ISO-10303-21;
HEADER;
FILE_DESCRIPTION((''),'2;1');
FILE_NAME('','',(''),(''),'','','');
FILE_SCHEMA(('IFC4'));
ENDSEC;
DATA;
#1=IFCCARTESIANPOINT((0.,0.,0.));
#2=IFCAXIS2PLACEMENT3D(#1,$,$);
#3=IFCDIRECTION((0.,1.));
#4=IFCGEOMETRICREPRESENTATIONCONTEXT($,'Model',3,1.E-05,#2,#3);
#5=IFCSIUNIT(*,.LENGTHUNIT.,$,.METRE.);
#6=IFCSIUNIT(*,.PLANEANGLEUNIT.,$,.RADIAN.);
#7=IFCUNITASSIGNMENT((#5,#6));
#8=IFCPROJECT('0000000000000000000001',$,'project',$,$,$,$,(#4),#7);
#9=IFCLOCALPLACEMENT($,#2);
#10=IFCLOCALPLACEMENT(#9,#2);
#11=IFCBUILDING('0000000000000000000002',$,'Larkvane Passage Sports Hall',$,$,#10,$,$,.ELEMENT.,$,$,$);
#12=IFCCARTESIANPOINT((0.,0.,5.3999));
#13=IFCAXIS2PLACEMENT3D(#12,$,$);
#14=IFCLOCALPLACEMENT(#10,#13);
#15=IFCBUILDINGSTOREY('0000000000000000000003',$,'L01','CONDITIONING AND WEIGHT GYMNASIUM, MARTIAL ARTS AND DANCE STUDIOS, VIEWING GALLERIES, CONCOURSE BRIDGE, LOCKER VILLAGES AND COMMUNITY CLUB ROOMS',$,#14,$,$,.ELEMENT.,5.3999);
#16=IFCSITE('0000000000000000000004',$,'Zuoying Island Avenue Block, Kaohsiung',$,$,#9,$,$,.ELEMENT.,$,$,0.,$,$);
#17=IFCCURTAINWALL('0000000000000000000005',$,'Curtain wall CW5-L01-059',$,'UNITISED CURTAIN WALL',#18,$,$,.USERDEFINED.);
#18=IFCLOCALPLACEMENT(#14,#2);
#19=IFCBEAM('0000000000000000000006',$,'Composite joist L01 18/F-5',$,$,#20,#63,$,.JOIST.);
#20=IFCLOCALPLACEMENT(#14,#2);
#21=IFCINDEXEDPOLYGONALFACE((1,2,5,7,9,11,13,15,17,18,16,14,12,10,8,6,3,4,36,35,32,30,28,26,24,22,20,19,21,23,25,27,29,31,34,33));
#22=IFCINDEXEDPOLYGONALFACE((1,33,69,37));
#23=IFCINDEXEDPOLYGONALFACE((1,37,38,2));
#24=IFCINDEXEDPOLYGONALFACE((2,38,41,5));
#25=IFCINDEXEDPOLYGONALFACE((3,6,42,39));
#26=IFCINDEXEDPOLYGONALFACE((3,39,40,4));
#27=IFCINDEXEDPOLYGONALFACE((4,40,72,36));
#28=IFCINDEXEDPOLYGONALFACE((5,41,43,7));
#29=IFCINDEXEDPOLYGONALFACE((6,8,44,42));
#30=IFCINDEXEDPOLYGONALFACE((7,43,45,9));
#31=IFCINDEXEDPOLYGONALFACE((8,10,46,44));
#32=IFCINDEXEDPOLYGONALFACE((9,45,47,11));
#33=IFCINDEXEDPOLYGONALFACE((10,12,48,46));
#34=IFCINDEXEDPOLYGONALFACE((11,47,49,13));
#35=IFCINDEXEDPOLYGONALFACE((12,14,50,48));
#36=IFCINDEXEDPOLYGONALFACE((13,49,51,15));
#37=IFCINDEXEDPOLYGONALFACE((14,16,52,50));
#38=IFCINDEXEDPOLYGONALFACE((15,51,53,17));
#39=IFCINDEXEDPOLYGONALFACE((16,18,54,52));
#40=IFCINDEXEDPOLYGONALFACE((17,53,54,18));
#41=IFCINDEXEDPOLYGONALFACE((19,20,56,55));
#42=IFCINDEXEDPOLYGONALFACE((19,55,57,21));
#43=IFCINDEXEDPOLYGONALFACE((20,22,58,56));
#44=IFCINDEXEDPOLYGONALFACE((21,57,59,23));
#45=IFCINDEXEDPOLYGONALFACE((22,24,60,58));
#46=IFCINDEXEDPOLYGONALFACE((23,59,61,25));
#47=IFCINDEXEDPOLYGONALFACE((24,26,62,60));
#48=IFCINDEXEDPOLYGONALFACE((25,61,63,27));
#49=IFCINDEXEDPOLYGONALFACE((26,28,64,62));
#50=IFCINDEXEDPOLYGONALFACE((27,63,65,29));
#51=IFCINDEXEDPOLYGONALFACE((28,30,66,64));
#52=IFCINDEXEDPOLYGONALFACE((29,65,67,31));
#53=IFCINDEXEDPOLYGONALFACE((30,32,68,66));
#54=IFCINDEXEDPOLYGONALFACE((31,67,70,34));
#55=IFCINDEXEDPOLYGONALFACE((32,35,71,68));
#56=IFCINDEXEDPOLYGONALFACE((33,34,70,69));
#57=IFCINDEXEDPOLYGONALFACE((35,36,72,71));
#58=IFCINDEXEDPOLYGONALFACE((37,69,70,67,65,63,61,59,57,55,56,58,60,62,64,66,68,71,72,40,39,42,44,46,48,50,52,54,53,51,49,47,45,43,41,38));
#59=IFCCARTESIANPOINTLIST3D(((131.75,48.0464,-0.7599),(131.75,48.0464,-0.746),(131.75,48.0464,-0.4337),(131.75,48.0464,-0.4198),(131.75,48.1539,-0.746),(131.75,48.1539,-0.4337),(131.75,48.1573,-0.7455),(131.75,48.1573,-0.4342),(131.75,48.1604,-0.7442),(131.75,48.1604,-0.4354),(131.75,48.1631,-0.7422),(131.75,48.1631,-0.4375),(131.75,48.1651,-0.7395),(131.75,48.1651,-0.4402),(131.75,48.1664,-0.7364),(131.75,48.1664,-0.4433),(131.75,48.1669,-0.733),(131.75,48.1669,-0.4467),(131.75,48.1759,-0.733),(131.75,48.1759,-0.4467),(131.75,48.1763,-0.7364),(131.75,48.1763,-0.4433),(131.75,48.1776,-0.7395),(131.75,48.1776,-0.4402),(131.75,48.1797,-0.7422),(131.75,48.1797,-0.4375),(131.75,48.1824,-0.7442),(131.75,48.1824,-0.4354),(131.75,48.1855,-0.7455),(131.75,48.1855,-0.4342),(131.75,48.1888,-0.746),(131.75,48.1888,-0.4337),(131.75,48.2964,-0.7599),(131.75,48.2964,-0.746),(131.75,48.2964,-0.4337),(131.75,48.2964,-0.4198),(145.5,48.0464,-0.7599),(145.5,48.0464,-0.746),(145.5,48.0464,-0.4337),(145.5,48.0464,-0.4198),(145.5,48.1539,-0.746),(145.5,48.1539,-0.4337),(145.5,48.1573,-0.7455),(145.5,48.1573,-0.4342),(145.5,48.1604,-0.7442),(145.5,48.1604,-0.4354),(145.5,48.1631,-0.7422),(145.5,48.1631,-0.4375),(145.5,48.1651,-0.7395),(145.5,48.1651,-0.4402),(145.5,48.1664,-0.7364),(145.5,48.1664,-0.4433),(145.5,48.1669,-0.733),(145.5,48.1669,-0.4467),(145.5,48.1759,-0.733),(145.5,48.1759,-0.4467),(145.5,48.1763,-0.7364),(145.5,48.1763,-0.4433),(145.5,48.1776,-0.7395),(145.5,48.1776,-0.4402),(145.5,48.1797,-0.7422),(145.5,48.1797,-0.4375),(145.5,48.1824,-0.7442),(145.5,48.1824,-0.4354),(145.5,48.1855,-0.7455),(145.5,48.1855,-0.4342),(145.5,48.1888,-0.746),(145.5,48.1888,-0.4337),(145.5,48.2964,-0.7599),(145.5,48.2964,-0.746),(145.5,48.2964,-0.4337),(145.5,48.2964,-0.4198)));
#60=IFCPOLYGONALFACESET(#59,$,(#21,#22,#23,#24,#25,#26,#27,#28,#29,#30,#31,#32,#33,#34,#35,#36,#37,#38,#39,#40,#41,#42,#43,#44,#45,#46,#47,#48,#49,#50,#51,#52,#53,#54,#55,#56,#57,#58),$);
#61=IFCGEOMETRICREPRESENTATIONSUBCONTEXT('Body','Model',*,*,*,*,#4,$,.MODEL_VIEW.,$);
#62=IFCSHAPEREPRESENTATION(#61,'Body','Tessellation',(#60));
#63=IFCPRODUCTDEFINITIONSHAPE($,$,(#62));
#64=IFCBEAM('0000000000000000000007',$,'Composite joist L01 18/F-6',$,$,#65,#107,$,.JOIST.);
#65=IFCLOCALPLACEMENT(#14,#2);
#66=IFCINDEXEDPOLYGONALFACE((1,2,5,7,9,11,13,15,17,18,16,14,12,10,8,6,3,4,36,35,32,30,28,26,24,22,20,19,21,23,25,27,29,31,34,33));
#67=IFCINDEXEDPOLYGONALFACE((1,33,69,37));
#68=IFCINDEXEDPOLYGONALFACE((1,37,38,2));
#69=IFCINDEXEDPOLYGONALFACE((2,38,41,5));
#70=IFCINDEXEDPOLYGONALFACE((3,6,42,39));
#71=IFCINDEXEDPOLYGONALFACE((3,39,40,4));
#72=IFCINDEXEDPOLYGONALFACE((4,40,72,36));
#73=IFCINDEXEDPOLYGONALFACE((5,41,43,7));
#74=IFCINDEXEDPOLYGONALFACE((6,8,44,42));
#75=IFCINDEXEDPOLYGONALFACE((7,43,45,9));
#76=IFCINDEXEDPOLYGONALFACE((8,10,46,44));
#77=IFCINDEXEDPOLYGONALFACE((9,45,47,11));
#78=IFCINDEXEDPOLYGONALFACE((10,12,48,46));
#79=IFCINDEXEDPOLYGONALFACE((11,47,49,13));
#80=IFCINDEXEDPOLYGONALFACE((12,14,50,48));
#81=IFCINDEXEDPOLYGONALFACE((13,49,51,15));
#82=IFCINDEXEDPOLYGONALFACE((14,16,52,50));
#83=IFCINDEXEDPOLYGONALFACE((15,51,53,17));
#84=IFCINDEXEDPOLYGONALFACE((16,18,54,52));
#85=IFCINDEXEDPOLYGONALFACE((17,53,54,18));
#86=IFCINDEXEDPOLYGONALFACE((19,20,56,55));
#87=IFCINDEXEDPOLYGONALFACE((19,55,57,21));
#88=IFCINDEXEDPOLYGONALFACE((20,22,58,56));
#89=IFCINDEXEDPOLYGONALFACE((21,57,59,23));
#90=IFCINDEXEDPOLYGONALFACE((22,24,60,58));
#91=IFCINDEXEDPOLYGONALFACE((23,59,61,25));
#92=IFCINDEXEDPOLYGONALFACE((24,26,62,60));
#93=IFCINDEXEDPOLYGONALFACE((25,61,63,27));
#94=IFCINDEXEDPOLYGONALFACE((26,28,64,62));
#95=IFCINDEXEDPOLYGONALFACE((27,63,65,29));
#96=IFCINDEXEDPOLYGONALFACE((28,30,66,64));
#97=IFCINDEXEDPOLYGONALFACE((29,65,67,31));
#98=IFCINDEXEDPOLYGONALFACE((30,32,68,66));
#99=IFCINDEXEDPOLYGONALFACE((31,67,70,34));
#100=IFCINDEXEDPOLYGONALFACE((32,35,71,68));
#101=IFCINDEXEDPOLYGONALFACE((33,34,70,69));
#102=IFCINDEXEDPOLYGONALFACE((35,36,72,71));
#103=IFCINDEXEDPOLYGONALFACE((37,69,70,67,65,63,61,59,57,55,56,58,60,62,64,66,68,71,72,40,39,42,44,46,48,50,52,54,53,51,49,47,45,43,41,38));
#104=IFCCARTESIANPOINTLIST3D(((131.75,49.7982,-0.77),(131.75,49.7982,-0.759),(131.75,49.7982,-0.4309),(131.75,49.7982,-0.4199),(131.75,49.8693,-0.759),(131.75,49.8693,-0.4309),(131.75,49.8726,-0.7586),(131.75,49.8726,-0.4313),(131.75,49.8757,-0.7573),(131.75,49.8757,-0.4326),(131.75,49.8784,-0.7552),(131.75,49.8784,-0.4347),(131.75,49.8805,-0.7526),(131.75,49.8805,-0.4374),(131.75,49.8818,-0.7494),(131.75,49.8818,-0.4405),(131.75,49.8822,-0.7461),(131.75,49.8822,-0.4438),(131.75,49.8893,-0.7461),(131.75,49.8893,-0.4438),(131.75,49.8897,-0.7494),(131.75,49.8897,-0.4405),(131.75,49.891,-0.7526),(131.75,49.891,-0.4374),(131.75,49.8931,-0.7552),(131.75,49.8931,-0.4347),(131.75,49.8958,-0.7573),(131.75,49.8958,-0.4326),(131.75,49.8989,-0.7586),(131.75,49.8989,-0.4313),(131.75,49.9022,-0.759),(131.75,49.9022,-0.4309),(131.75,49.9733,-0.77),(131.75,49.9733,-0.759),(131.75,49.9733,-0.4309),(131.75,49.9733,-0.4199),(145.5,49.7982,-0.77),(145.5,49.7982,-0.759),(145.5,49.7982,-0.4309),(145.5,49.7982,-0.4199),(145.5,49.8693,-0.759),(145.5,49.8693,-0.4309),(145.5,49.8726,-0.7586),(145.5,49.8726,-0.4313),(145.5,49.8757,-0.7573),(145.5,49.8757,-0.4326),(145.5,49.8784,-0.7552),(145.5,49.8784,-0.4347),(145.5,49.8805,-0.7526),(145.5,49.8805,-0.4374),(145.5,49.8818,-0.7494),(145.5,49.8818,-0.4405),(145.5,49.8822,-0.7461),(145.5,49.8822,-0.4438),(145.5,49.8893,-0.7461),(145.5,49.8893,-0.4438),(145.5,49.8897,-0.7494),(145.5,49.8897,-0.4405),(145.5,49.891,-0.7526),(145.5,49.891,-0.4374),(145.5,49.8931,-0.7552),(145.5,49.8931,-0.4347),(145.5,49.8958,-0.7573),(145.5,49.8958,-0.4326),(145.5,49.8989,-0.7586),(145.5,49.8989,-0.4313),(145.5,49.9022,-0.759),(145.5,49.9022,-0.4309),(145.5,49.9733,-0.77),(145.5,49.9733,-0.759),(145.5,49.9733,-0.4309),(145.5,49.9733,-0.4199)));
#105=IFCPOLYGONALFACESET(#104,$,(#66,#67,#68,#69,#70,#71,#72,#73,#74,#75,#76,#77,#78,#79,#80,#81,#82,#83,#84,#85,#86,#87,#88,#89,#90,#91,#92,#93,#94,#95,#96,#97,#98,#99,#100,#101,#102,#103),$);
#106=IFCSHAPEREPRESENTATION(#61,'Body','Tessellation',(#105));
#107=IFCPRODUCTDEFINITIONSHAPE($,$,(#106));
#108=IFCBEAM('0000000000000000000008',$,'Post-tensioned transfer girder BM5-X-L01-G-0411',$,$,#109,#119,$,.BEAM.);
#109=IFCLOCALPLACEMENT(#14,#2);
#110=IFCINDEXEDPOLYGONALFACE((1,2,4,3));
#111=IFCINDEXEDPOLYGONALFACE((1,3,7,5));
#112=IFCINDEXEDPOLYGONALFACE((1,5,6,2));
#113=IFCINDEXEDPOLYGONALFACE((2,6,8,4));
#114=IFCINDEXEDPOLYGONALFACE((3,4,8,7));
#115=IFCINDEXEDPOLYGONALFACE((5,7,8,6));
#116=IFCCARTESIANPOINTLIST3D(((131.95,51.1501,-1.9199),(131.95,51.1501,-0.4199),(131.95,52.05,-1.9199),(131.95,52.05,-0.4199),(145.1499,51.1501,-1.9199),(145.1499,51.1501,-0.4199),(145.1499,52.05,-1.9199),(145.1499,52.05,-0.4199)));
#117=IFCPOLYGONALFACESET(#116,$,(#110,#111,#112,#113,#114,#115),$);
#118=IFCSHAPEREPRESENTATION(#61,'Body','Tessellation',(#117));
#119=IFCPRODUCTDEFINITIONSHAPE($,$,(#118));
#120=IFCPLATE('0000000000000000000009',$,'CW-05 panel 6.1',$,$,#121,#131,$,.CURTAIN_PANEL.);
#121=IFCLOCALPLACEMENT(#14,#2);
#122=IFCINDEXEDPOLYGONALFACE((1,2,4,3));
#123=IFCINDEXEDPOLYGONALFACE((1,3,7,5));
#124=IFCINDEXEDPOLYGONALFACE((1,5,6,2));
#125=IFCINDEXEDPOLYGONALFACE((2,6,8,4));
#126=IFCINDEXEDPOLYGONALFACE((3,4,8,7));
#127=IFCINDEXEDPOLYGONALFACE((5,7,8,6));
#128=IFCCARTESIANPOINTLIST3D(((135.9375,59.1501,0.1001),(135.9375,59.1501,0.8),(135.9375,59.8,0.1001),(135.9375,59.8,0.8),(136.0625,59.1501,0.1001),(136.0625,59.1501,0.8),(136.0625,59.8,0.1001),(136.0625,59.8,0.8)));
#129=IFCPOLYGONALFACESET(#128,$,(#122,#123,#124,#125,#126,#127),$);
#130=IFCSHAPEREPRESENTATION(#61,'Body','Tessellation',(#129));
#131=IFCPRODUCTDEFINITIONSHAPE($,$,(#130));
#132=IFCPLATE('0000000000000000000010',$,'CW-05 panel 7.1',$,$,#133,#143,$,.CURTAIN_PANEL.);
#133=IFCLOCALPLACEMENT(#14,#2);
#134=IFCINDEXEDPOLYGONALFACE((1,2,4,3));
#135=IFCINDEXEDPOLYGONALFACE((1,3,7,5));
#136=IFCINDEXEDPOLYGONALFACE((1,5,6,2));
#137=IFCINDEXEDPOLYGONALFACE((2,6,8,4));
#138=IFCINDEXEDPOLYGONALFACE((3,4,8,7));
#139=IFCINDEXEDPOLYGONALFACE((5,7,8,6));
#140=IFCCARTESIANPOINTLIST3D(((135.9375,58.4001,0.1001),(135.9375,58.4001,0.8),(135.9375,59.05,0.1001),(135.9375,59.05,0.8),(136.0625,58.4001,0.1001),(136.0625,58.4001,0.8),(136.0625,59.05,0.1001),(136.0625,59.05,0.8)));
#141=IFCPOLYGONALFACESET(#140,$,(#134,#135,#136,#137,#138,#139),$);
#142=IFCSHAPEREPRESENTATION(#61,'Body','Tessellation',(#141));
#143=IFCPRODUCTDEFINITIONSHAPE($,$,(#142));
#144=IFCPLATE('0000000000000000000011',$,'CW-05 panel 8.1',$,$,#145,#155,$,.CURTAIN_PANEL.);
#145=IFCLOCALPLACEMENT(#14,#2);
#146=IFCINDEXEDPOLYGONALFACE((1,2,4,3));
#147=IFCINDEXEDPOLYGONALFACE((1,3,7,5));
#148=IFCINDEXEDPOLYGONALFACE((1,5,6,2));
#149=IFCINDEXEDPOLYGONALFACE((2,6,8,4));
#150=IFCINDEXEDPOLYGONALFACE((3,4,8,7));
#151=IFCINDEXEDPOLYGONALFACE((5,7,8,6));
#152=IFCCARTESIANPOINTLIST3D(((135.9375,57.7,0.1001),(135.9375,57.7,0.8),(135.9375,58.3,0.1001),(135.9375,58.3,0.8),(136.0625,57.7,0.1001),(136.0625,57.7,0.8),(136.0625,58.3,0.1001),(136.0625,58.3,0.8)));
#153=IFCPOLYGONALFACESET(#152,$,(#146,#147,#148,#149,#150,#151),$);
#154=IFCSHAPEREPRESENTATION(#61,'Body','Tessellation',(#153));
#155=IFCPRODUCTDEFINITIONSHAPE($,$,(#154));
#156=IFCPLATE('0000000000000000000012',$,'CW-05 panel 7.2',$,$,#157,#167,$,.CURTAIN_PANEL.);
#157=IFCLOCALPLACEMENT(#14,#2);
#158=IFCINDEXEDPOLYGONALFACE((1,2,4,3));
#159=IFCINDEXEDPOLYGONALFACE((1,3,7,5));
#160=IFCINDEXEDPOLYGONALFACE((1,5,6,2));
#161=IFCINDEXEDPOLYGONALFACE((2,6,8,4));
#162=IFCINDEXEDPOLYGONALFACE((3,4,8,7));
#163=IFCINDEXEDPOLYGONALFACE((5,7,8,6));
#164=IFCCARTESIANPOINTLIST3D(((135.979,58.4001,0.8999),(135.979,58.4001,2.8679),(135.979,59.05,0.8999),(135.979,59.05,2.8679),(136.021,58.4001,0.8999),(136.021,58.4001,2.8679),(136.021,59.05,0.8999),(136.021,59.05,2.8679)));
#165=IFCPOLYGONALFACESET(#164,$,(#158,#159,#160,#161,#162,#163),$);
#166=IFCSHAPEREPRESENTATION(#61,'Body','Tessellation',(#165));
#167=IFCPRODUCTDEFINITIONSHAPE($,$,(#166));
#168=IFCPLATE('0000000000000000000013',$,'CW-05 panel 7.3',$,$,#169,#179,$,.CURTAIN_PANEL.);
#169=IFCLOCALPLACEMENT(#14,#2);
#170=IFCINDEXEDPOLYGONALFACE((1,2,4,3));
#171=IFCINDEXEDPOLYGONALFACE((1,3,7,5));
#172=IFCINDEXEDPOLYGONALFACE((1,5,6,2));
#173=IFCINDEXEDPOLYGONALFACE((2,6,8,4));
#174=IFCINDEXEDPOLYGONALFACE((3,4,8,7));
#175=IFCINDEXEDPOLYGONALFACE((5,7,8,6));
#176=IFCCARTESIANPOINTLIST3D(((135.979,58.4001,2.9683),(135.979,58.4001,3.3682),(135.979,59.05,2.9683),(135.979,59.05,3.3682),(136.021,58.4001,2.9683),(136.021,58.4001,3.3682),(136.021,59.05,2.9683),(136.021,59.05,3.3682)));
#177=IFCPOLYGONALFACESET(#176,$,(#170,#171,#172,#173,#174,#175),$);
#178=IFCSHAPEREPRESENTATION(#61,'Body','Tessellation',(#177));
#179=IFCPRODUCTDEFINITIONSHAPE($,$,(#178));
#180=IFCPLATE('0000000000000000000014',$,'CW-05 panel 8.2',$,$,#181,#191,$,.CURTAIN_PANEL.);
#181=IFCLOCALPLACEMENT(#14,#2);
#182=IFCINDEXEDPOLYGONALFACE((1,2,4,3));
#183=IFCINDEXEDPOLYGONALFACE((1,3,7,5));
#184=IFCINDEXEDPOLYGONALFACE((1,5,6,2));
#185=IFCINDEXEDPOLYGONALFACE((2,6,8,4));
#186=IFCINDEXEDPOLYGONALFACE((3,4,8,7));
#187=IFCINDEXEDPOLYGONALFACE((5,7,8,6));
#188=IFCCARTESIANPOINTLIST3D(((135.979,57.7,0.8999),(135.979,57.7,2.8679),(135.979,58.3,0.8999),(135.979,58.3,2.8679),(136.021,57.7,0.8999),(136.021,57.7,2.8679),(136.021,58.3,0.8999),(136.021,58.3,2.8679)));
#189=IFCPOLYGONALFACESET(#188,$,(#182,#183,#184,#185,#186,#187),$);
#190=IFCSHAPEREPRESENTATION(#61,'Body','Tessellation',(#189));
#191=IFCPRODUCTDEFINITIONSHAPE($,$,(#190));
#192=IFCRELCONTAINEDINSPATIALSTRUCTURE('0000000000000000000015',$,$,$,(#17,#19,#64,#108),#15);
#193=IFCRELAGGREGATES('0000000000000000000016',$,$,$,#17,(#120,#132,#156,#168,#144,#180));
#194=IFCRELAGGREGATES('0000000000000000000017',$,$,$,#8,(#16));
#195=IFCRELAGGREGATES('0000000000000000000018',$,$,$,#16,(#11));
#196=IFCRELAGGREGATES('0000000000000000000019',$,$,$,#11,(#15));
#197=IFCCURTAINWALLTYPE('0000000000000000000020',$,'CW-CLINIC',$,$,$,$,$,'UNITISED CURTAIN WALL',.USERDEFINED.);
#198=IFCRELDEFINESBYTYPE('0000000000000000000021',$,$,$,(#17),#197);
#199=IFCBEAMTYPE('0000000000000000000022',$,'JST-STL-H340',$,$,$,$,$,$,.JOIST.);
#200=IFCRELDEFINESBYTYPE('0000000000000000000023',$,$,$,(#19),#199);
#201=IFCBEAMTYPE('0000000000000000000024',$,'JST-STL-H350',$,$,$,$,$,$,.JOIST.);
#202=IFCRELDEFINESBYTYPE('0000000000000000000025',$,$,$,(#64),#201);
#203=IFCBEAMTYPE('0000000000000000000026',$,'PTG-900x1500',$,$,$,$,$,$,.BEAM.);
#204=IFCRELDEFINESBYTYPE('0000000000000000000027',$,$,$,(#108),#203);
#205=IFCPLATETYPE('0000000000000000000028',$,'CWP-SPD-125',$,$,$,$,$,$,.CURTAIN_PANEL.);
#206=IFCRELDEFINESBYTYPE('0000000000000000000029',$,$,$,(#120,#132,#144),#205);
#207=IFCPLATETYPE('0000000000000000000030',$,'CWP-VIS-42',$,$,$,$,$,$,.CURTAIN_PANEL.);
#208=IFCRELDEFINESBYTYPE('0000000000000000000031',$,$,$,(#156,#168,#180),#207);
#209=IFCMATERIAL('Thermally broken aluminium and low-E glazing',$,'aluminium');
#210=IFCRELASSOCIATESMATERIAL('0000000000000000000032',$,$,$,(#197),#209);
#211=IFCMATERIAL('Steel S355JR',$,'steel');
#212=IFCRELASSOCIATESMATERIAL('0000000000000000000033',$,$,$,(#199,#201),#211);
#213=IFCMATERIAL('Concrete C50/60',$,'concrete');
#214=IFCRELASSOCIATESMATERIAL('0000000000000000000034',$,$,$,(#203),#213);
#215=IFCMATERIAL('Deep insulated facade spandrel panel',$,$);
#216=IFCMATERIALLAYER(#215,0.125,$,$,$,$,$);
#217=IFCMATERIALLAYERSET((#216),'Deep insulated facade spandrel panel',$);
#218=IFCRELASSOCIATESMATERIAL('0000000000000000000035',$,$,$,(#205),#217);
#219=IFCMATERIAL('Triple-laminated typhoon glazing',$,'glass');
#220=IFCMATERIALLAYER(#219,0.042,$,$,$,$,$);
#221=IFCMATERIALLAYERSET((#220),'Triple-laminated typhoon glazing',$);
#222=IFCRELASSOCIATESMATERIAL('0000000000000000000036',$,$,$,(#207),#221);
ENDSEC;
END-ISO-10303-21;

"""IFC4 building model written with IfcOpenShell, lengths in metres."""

from ifc_helpers import new_model, si_unit, direction, frame, origin, origin_2d, place, context, subcontext, project, spatial, rectangle, i_section, extrude, material, layer, layer_set, material_profile, profile_set, type_object, element, aggregate, save


model = new_model("IFC4")

# Units and contexts
model_context = context("Model", 3, precision=1e-05, world=origin(), true_north=direction((0.0, 1.0)))
body_context = subcontext(model_context, "Body", "Model", "MODEL_VIEW")
ifc_project = project(units=[si_unit("LENGTHUNIT", "METRE"), si_unit("PLANEANGLEUNIT", "RADIAN")], contexts=[model_context])

# Site, building, storey
site_placement = place(None, origin())
site = spatial("IfcSite", under=ifc_project, at=site_placement, Name="Zuoying Island Avenue Block, Kaohsiung", CompositionType="ELEMENT", RefElevation=0.0)
building_placement = place(site_placement, origin())
building = spatial("IfcBuilding", under=site, at=building_placement, Name="Larkvane Passage Sports Hall", CompositionType="ELEMENT")
storey_placement = place(building_placement, frame((0.0, 0.0, 5.3999)))
storey = spatial("IfcBuildingStorey", under=building, at=storey_placement, Name="L01", Description="CONDITIONING AND WEIGHT GYMNASIUM, MARTIAL ARTS AND DANCE STUDIOS, VIEWING GALLERIES, CONCOURSE BRIDGE, LOCKER VILLAGES AND COMMUNITY CLUB ROOMS", CompositionType="ELEMENT", Elevation=5.3999)

# Shared definitions
ifc_material_1 = material(Name="Steel S355JR", Category="steel")

# Curtain wall
ifc_material_2 = material(Name="Thermally broken aluminium and low-E glazing", Category="aluminium")
curtain_wall_type = type_object("IfcCurtainWallType", Name="CW-CLINIC", ElementType="UNITISED CURTAIN WALL", PredefinedType="USERDEFINED", material=ifc_material_2)
curtain_wall_placement = place(storey_placement, origin())
curtain_wall = element("IfcCurtainWall", 1, at=curtain_wall_placement, inside=storey, type_object=curtain_wall_type, Name="Curtain wall CW5-L01-059", ObjectType="UNITISED CURTAIN WALL", PredefinedType="USERDEFINED")

# Beams
ifc_material_profile_1 = material_profile(ifc_material_1, i_section(OverallWidth=0.25, OverallDepth=0.3401, WebThickness=0.009, FlangeThickness=0.0139, FilletRadius=0.0129, at=origin_2d()), Name="H-340x250x9x14")
ifc_profile_set_1 = profile_set([ifc_material_profile_1], Name="Steel S355JR")
beam_type_1 = type_object("IfcBeamType", Name="JST-STL-H340", PredefinedType="JOIST", material=ifc_profile_set_1)
beam_1_placement = place(storey_placement, frame((131.75, 48.1714, -0.5898), z_axis=(1.0, 0.0, 0.0), x_axis=(0.0, 1.0, 0.0)))
element("IfcBeam", 2, at=beam_1_placement, inside=storey, type_object=beam_type_1, Name="Composite joist L01 18/F-5", PredefinedType="JOIST", context=body_context, shape_type="SweptSolid", body=[
    extrude(i_section(OverallWidth=0.25, OverallDepth=0.3401, WebThickness=0.009, FlangeThickness=0.0139, FilletRadius=0.0129, at=origin_2d()), origin(), (0.0, 0.0, 1.0), 13.75),
])
ifc_material_profile_2 = material_profile(ifc_material_1, i_section(OverallWidth=0.175, OverallDepth=0.3501, WebThickness=0.0071, FlangeThickness=0.011, FilletRadius=0.0129, at=origin_2d()), Name="H-350x175x7x11")
ifc_profile_set_2 = profile_set([ifc_material_profile_2], Name="Steel S355JR")
beam_type_2 = type_object("IfcBeamType", Name="JST-STL-H350", PredefinedType="JOIST", material=ifc_profile_set_2)
beam_2_placement = place(storey_placement, frame((131.75, 49.8857, -0.595), z_axis=(1.0, 0.0, 0.0), x_axis=(0.0, 1.0, 0.0)))
element("IfcBeam", 3, at=beam_2_placement, inside=storey, type_object=beam_type_2, Name="Composite joist L01 18/F-6", PredefinedType="JOIST", context=body_context, shape_type="SweptSolid", body=[
    extrude(i_section(OverallWidth=0.175, OverallDepth=0.3501, WebThickness=0.0071, FlangeThickness=0.011, FilletRadius=0.0129, at=origin_2d()), origin(), (0.0, 0.0, 1.0), 13.75),
])
ifc_material_3 = material(Name="Concrete C50/60", Category="concrete")
ifc_material_profile_3 = material_profile(ifc_material_3, rectangle(XDim=0.8999, YDim=1.5, at=origin_2d()), Name="PT-GIR-900x1500")
ifc_profile_set_3 = profile_set([ifc_material_profile_3], Name="Concrete C50/60")
beam_type_3 = type_object("IfcBeamType", Name="PTG-900x1500", PredefinedType="BEAM", material=ifc_profile_set_3)
beam_3_placement = place(storey_placement, frame((131.95, 51.6001, -1.1699), z_axis=(1.0, 0.0, 0.0), x_axis=(0.0, 1.0, 0.0)))
element("IfcBeam", 4, at=beam_3_placement, inside=storey, type_object=beam_type_3, Name="Post-tensioned transfer girder BM5-X-L01-G-0411", PredefinedType="BEAM", context=body_context, shape_type="SweptSolid", body=[
    extrude(rectangle(XDim=0.8999, YDim=1.5, at=origin_2d()), origin(), (0.0, 0.0, 1.0), 13.2),
])

# Plates
ifc_material_4 = material(Name="Deep insulated facade spandrel panel")
ifc_layer_1 = layer(ifc_material_4, 0.125)
ifc_layer_set_1 = layer_set([ifc_layer_1], Name="Deep insulated facade spandrel panel")
plate_type_1 = type_object("IfcPlateType", Name="CWP-SPD-125", PredefinedType="CURTAIN_PANEL", material=ifc_layer_set_1)
plate_1_placement = place(storey_placement, frame((136.0, 59.4751, 0.1001), z_axis=(0.0, 0.0, 1.0), x_axis=(0.0, -1.0, 0.0)))
plate_1 = element("IfcPlate", 5, at=plate_1_placement, type_object=plate_type_1, Name="CW-05 panel 6.1", PredefinedType="CURTAIN_PANEL", context=body_context, shape_type="SweptSolid", body=[
    extrude(rectangle(XDim=0.6499, YDim=0.125, at=origin_2d()), origin(), (0.0, 0.0, 1.0), 0.7),
])
plate_2_placement = place(storey_placement, frame((136.0, 58.7251, 0.1001), z_axis=(0.0, 0.0, 1.0), x_axis=(0.0, -1.0, 0.0)))
plate_2 = element("IfcPlate", 6, at=plate_2_placement, type_object=plate_type_1, Name="CW-05 panel 7.1", PredefinedType="CURTAIN_PANEL", context=body_context, shape_type="SweptSolid", body=[
    extrude(rectangle(XDim=0.6499, YDim=0.125, at=origin_2d()), origin(), (0.0, 0.0, 1.0), 0.7),
])
plate_3_placement = place(storey_placement, frame((136.0, 58.0, 0.1001), z_axis=(0.0, 0.0, 1.0), x_axis=(0.0, -1.0, 0.0)))
plate_3 = element("IfcPlate", 7, at=plate_3_placement, type_object=plate_type_1, Name="CW-05 panel 8.1", PredefinedType="CURTAIN_PANEL", context=body_context, shape_type="SweptSolid", body=[
    extrude(rectangle(XDim=0.6001, YDim=0.125, at=origin_2d()), origin(), (0.0, 0.0, 1.0), 0.7),
])
ifc_material_5 = material(Name="Triple-laminated typhoon glazing", Category="glass")
ifc_layer_2 = layer(ifc_material_5, 0.042)
ifc_layer_set_2 = layer_set([ifc_layer_2], Name="Triple-laminated typhoon glazing")
plate_type_2 = type_object("IfcPlateType", Name="CWP-VIS-42", PredefinedType="CURTAIN_PANEL", material=ifc_layer_set_2)
plate_4_placement = place(storey_placement, frame((136.0, 58.7251, 0.8999), z_axis=(0.0, 0.0, 1.0), x_axis=(0.0, -1.0, 0.0)))
plate_4 = element("IfcPlate", 8, at=plate_4_placement, type_object=plate_type_2, Name="CW-05 panel 7.2", PredefinedType="CURTAIN_PANEL", context=body_context, shape_type="SweptSolid", body=[
    extrude(rectangle(XDim=0.6499, YDim=0.042, at=origin_2d()), origin(), (0.0, 0.0, 1.0), 1.968),
])
plate_5_placement = place(storey_placement, frame((136.0, 58.7251, 2.9683), z_axis=(0.0, 0.0, 1.0), x_axis=(0.0, -1.0, 0.0)))
plate_5 = element("IfcPlate", 9, at=plate_5_placement, type_object=plate_type_2, Name="CW-05 panel 7.3", PredefinedType="CURTAIN_PANEL", context=body_context, shape_type="SweptSolid", body=[
    extrude(rectangle(XDim=0.6499, YDim=0.042, at=origin_2d()), origin(), (0.0, 0.0, 1.0), 0.3999),
])
plate_6_placement = place(storey_placement, frame((136.0, 58.0, 0.8999), z_axis=(0.0, 0.0, 1.0), x_axis=(0.0, -1.0, 0.0)))
plate_6 = element("IfcPlate", 10, at=plate_6_placement, type_object=plate_type_2, Name="CW-05 panel 8.2", PredefinedType="CURTAIN_PANEL", context=body_context, shape_type="SweptSolid", body=[
    extrude(rectangle(XDim=0.6001, YDim=0.042, at=origin_2d()), origin(), (0.0, 0.0, 1.0), 1.968),
])
aggregate(curtain_wall, [plate_1, plate_2, plate_4, plate_5, plate_3, plate_6])

save(model, "model.ifc")
